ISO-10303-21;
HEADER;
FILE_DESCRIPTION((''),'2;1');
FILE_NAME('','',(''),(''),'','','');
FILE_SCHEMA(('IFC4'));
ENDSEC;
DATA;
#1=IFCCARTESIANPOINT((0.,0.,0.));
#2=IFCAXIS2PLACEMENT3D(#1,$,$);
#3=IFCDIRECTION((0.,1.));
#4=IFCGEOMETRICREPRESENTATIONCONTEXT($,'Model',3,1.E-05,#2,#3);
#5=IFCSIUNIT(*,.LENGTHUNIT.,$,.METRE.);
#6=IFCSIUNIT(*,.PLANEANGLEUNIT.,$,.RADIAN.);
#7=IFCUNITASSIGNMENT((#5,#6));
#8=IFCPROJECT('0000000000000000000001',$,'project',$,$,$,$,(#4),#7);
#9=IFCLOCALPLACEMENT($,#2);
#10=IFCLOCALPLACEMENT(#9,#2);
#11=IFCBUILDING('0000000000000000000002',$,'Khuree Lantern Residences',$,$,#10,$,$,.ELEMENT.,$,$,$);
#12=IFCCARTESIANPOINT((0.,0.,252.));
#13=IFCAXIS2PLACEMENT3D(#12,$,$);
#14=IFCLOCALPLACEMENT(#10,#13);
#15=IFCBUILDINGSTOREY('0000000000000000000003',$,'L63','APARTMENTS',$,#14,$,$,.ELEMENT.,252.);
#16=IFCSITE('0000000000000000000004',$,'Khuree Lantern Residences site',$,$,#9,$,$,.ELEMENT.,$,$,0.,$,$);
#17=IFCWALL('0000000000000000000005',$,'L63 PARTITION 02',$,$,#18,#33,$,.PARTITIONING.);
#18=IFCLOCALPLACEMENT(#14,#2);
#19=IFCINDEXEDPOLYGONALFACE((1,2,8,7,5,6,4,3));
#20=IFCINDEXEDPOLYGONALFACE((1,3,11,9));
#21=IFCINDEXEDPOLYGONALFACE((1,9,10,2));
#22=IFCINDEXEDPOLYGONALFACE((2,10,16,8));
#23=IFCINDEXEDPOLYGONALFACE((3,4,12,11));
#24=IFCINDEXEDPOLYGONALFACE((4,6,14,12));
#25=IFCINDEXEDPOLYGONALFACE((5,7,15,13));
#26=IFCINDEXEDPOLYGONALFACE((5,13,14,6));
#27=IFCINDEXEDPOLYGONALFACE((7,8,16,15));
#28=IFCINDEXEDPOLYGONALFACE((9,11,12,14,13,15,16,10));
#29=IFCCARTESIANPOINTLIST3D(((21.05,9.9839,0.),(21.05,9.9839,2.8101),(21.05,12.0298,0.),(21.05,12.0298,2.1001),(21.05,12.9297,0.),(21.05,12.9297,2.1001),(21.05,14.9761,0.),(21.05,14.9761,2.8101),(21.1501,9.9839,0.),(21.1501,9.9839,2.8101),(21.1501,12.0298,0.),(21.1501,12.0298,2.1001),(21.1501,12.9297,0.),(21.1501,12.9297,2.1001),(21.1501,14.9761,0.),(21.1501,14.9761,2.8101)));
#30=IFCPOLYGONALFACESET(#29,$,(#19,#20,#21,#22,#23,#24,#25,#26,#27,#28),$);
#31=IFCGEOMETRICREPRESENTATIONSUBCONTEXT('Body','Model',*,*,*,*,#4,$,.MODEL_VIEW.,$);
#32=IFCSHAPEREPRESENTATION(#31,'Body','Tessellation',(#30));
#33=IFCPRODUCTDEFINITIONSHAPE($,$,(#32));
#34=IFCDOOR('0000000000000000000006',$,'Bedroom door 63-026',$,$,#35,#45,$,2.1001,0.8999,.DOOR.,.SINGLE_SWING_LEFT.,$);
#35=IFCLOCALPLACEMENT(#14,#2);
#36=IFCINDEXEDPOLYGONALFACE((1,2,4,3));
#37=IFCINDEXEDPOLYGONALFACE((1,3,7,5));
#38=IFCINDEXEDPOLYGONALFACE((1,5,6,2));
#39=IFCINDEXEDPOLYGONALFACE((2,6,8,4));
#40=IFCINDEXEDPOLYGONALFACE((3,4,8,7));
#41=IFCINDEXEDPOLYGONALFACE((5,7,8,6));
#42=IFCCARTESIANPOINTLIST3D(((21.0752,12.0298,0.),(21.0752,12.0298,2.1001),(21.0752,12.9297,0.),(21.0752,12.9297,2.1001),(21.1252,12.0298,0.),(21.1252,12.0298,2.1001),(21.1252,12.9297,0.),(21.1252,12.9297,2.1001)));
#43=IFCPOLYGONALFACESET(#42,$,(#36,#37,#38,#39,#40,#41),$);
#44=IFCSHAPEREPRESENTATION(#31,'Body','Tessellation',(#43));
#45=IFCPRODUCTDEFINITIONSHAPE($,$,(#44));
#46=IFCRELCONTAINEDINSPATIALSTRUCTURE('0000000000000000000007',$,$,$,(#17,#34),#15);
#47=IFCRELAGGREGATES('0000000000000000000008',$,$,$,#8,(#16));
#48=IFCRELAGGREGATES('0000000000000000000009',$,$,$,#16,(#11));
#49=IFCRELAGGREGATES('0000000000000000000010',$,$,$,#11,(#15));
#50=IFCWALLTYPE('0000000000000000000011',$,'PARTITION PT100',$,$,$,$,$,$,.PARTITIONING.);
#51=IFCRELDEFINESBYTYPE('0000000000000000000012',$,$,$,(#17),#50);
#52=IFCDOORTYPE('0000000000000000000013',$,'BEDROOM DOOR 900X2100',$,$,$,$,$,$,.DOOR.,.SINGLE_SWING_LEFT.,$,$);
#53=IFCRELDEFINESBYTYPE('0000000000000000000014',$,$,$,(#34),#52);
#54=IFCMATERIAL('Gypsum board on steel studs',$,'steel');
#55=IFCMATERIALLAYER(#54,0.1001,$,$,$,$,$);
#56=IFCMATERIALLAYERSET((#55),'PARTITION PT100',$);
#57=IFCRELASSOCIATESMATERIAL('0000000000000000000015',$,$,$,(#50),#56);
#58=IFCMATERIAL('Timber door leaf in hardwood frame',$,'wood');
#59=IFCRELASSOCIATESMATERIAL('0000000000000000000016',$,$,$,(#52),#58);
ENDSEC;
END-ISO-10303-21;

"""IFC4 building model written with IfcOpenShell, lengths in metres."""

from ifc_helpers import new_model, si_unit, direction, frame, frame_2d, origin, place, context, subcontext, project, spatial, rectangle, extrude, material, layer, layer_set, type_object, element, fill, save


model = new_model("IFC4")

# Units and contexts
model_context = context("Model", 3, precision=1e-05, world=origin(), true_north=direction((0.0, 1.0)))
body_context = subcontext(model_context, "Body", "Model", "MODEL_VIEW")
ifc_project = project(units=[si_unit("LENGTHUNIT", "METRE"), si_unit("PLANEANGLEUNIT", "RADIAN")], contexts=[model_context])

# Site, building, storey
site_placement = place(None, origin())
site = spatial("IfcSite", under=ifc_project, at=site_placement, Name="Khuree Lantern Residences site", CompositionType="ELEMENT", RefElevation=0.0)
building_placement = place(site_placement, origin())
building = spatial("IfcBuilding", under=site, at=building_placement, Name="Khuree Lantern Residences", CompositionType="ELEMENT")
storey_placement = place(building_placement, frame((0.0, 0.0, 252.0)))
storey = spatial("IfcBuildingStorey", under=building, at=storey_placement, Name="L63", Description="APARTMENTS", CompositionType="ELEMENT", Elevation=252.0)

# Shared definitions
ifc_material_1 = material(Name="Gypsum board on steel studs", Category="steel")
ifc_layer_1 = layer(ifc_material_1, 0.1001)
ifc_layer_set_1 = layer_set([ifc_layer_1], Name="PARTITION PT100")
wall_type = type_object("IfcWallType", Name="PARTITION PT100", PredefinedType="PARTITIONING", material=ifc_layer_set_1)

# Wall, opening, door
wall_placement = place(storey_placement, frame((21.1001, 9.9839, 0.0), z_axis=(0.0, 0.0, 1.0), x_axis=(0.0, 1.0, 0.0)))
wall = element("IfcWall", 1, at=wall_placement, inside=storey, type_object=wall_type, Name="L63 PARTITION 02", PredefinedType="PARTITIONING", context=body_context, shape_type="SweptSolid", body=[
    extrude(rectangle(XDim=4.9922, YDim=0.1001, at=frame_2d((2.4961, 0.0))), origin(), (0.0, 0.0, 1.0), 2.8101),
])
opening_placement = place(wall_placement, frame((2.0459, 0.0, 0.0)))
opening = element("IfcOpeningElement", 2, at=opening_placement, cuts=wall, PredefinedType="OPENING", context=body_context, shape_type="SweptSolid", body=[
    extrude(rectangle(XDim=0.8999, YDim=2.1001, at=frame_2d((0.45, 1.05))), frame((0.0, 0.0601, 0.0), z_axis=(0.0, -1.0, 0.0), x_axis=(1.0, 0.0, 0.0)), (0.0, 0.0, 1.0), 0.1201),
])
ifc_material_2 = material(Name="Timber door leaf in hardwood frame", Category="wood")
door_type = type_object("IfcDoorType", Name="BEDROOM DOOR 900X2100", OperationType="SINGLE_SWING_LEFT", PredefinedType="DOOR", material=ifc_material_2)
door_placement = place(opening_placement, origin())
door = element("IfcDoor", 3, at=door_placement, inside=storey, type_object=door_type, Name="Bedroom door 63-026", OperationType="SINGLE_SWING_LEFT", OverallHeight=2.1001, OverallWidth=0.8999, PredefinedType="DOOR", context=body_context, shape_type="SweptSolid", body=[
    extrude(rectangle(XDim=0.8999, YDim=2.1001, at=frame_2d((0.45, 1.05))), frame((0.0, 0.0249, 0.0), z_axis=(0.0, -1.0, 0.0), x_axis=(1.0, 0.0, 0.0)), (0.0, 0.0, 1.0), 0.05),
])
fill(opening, door)

save(model, "model.ifc")
